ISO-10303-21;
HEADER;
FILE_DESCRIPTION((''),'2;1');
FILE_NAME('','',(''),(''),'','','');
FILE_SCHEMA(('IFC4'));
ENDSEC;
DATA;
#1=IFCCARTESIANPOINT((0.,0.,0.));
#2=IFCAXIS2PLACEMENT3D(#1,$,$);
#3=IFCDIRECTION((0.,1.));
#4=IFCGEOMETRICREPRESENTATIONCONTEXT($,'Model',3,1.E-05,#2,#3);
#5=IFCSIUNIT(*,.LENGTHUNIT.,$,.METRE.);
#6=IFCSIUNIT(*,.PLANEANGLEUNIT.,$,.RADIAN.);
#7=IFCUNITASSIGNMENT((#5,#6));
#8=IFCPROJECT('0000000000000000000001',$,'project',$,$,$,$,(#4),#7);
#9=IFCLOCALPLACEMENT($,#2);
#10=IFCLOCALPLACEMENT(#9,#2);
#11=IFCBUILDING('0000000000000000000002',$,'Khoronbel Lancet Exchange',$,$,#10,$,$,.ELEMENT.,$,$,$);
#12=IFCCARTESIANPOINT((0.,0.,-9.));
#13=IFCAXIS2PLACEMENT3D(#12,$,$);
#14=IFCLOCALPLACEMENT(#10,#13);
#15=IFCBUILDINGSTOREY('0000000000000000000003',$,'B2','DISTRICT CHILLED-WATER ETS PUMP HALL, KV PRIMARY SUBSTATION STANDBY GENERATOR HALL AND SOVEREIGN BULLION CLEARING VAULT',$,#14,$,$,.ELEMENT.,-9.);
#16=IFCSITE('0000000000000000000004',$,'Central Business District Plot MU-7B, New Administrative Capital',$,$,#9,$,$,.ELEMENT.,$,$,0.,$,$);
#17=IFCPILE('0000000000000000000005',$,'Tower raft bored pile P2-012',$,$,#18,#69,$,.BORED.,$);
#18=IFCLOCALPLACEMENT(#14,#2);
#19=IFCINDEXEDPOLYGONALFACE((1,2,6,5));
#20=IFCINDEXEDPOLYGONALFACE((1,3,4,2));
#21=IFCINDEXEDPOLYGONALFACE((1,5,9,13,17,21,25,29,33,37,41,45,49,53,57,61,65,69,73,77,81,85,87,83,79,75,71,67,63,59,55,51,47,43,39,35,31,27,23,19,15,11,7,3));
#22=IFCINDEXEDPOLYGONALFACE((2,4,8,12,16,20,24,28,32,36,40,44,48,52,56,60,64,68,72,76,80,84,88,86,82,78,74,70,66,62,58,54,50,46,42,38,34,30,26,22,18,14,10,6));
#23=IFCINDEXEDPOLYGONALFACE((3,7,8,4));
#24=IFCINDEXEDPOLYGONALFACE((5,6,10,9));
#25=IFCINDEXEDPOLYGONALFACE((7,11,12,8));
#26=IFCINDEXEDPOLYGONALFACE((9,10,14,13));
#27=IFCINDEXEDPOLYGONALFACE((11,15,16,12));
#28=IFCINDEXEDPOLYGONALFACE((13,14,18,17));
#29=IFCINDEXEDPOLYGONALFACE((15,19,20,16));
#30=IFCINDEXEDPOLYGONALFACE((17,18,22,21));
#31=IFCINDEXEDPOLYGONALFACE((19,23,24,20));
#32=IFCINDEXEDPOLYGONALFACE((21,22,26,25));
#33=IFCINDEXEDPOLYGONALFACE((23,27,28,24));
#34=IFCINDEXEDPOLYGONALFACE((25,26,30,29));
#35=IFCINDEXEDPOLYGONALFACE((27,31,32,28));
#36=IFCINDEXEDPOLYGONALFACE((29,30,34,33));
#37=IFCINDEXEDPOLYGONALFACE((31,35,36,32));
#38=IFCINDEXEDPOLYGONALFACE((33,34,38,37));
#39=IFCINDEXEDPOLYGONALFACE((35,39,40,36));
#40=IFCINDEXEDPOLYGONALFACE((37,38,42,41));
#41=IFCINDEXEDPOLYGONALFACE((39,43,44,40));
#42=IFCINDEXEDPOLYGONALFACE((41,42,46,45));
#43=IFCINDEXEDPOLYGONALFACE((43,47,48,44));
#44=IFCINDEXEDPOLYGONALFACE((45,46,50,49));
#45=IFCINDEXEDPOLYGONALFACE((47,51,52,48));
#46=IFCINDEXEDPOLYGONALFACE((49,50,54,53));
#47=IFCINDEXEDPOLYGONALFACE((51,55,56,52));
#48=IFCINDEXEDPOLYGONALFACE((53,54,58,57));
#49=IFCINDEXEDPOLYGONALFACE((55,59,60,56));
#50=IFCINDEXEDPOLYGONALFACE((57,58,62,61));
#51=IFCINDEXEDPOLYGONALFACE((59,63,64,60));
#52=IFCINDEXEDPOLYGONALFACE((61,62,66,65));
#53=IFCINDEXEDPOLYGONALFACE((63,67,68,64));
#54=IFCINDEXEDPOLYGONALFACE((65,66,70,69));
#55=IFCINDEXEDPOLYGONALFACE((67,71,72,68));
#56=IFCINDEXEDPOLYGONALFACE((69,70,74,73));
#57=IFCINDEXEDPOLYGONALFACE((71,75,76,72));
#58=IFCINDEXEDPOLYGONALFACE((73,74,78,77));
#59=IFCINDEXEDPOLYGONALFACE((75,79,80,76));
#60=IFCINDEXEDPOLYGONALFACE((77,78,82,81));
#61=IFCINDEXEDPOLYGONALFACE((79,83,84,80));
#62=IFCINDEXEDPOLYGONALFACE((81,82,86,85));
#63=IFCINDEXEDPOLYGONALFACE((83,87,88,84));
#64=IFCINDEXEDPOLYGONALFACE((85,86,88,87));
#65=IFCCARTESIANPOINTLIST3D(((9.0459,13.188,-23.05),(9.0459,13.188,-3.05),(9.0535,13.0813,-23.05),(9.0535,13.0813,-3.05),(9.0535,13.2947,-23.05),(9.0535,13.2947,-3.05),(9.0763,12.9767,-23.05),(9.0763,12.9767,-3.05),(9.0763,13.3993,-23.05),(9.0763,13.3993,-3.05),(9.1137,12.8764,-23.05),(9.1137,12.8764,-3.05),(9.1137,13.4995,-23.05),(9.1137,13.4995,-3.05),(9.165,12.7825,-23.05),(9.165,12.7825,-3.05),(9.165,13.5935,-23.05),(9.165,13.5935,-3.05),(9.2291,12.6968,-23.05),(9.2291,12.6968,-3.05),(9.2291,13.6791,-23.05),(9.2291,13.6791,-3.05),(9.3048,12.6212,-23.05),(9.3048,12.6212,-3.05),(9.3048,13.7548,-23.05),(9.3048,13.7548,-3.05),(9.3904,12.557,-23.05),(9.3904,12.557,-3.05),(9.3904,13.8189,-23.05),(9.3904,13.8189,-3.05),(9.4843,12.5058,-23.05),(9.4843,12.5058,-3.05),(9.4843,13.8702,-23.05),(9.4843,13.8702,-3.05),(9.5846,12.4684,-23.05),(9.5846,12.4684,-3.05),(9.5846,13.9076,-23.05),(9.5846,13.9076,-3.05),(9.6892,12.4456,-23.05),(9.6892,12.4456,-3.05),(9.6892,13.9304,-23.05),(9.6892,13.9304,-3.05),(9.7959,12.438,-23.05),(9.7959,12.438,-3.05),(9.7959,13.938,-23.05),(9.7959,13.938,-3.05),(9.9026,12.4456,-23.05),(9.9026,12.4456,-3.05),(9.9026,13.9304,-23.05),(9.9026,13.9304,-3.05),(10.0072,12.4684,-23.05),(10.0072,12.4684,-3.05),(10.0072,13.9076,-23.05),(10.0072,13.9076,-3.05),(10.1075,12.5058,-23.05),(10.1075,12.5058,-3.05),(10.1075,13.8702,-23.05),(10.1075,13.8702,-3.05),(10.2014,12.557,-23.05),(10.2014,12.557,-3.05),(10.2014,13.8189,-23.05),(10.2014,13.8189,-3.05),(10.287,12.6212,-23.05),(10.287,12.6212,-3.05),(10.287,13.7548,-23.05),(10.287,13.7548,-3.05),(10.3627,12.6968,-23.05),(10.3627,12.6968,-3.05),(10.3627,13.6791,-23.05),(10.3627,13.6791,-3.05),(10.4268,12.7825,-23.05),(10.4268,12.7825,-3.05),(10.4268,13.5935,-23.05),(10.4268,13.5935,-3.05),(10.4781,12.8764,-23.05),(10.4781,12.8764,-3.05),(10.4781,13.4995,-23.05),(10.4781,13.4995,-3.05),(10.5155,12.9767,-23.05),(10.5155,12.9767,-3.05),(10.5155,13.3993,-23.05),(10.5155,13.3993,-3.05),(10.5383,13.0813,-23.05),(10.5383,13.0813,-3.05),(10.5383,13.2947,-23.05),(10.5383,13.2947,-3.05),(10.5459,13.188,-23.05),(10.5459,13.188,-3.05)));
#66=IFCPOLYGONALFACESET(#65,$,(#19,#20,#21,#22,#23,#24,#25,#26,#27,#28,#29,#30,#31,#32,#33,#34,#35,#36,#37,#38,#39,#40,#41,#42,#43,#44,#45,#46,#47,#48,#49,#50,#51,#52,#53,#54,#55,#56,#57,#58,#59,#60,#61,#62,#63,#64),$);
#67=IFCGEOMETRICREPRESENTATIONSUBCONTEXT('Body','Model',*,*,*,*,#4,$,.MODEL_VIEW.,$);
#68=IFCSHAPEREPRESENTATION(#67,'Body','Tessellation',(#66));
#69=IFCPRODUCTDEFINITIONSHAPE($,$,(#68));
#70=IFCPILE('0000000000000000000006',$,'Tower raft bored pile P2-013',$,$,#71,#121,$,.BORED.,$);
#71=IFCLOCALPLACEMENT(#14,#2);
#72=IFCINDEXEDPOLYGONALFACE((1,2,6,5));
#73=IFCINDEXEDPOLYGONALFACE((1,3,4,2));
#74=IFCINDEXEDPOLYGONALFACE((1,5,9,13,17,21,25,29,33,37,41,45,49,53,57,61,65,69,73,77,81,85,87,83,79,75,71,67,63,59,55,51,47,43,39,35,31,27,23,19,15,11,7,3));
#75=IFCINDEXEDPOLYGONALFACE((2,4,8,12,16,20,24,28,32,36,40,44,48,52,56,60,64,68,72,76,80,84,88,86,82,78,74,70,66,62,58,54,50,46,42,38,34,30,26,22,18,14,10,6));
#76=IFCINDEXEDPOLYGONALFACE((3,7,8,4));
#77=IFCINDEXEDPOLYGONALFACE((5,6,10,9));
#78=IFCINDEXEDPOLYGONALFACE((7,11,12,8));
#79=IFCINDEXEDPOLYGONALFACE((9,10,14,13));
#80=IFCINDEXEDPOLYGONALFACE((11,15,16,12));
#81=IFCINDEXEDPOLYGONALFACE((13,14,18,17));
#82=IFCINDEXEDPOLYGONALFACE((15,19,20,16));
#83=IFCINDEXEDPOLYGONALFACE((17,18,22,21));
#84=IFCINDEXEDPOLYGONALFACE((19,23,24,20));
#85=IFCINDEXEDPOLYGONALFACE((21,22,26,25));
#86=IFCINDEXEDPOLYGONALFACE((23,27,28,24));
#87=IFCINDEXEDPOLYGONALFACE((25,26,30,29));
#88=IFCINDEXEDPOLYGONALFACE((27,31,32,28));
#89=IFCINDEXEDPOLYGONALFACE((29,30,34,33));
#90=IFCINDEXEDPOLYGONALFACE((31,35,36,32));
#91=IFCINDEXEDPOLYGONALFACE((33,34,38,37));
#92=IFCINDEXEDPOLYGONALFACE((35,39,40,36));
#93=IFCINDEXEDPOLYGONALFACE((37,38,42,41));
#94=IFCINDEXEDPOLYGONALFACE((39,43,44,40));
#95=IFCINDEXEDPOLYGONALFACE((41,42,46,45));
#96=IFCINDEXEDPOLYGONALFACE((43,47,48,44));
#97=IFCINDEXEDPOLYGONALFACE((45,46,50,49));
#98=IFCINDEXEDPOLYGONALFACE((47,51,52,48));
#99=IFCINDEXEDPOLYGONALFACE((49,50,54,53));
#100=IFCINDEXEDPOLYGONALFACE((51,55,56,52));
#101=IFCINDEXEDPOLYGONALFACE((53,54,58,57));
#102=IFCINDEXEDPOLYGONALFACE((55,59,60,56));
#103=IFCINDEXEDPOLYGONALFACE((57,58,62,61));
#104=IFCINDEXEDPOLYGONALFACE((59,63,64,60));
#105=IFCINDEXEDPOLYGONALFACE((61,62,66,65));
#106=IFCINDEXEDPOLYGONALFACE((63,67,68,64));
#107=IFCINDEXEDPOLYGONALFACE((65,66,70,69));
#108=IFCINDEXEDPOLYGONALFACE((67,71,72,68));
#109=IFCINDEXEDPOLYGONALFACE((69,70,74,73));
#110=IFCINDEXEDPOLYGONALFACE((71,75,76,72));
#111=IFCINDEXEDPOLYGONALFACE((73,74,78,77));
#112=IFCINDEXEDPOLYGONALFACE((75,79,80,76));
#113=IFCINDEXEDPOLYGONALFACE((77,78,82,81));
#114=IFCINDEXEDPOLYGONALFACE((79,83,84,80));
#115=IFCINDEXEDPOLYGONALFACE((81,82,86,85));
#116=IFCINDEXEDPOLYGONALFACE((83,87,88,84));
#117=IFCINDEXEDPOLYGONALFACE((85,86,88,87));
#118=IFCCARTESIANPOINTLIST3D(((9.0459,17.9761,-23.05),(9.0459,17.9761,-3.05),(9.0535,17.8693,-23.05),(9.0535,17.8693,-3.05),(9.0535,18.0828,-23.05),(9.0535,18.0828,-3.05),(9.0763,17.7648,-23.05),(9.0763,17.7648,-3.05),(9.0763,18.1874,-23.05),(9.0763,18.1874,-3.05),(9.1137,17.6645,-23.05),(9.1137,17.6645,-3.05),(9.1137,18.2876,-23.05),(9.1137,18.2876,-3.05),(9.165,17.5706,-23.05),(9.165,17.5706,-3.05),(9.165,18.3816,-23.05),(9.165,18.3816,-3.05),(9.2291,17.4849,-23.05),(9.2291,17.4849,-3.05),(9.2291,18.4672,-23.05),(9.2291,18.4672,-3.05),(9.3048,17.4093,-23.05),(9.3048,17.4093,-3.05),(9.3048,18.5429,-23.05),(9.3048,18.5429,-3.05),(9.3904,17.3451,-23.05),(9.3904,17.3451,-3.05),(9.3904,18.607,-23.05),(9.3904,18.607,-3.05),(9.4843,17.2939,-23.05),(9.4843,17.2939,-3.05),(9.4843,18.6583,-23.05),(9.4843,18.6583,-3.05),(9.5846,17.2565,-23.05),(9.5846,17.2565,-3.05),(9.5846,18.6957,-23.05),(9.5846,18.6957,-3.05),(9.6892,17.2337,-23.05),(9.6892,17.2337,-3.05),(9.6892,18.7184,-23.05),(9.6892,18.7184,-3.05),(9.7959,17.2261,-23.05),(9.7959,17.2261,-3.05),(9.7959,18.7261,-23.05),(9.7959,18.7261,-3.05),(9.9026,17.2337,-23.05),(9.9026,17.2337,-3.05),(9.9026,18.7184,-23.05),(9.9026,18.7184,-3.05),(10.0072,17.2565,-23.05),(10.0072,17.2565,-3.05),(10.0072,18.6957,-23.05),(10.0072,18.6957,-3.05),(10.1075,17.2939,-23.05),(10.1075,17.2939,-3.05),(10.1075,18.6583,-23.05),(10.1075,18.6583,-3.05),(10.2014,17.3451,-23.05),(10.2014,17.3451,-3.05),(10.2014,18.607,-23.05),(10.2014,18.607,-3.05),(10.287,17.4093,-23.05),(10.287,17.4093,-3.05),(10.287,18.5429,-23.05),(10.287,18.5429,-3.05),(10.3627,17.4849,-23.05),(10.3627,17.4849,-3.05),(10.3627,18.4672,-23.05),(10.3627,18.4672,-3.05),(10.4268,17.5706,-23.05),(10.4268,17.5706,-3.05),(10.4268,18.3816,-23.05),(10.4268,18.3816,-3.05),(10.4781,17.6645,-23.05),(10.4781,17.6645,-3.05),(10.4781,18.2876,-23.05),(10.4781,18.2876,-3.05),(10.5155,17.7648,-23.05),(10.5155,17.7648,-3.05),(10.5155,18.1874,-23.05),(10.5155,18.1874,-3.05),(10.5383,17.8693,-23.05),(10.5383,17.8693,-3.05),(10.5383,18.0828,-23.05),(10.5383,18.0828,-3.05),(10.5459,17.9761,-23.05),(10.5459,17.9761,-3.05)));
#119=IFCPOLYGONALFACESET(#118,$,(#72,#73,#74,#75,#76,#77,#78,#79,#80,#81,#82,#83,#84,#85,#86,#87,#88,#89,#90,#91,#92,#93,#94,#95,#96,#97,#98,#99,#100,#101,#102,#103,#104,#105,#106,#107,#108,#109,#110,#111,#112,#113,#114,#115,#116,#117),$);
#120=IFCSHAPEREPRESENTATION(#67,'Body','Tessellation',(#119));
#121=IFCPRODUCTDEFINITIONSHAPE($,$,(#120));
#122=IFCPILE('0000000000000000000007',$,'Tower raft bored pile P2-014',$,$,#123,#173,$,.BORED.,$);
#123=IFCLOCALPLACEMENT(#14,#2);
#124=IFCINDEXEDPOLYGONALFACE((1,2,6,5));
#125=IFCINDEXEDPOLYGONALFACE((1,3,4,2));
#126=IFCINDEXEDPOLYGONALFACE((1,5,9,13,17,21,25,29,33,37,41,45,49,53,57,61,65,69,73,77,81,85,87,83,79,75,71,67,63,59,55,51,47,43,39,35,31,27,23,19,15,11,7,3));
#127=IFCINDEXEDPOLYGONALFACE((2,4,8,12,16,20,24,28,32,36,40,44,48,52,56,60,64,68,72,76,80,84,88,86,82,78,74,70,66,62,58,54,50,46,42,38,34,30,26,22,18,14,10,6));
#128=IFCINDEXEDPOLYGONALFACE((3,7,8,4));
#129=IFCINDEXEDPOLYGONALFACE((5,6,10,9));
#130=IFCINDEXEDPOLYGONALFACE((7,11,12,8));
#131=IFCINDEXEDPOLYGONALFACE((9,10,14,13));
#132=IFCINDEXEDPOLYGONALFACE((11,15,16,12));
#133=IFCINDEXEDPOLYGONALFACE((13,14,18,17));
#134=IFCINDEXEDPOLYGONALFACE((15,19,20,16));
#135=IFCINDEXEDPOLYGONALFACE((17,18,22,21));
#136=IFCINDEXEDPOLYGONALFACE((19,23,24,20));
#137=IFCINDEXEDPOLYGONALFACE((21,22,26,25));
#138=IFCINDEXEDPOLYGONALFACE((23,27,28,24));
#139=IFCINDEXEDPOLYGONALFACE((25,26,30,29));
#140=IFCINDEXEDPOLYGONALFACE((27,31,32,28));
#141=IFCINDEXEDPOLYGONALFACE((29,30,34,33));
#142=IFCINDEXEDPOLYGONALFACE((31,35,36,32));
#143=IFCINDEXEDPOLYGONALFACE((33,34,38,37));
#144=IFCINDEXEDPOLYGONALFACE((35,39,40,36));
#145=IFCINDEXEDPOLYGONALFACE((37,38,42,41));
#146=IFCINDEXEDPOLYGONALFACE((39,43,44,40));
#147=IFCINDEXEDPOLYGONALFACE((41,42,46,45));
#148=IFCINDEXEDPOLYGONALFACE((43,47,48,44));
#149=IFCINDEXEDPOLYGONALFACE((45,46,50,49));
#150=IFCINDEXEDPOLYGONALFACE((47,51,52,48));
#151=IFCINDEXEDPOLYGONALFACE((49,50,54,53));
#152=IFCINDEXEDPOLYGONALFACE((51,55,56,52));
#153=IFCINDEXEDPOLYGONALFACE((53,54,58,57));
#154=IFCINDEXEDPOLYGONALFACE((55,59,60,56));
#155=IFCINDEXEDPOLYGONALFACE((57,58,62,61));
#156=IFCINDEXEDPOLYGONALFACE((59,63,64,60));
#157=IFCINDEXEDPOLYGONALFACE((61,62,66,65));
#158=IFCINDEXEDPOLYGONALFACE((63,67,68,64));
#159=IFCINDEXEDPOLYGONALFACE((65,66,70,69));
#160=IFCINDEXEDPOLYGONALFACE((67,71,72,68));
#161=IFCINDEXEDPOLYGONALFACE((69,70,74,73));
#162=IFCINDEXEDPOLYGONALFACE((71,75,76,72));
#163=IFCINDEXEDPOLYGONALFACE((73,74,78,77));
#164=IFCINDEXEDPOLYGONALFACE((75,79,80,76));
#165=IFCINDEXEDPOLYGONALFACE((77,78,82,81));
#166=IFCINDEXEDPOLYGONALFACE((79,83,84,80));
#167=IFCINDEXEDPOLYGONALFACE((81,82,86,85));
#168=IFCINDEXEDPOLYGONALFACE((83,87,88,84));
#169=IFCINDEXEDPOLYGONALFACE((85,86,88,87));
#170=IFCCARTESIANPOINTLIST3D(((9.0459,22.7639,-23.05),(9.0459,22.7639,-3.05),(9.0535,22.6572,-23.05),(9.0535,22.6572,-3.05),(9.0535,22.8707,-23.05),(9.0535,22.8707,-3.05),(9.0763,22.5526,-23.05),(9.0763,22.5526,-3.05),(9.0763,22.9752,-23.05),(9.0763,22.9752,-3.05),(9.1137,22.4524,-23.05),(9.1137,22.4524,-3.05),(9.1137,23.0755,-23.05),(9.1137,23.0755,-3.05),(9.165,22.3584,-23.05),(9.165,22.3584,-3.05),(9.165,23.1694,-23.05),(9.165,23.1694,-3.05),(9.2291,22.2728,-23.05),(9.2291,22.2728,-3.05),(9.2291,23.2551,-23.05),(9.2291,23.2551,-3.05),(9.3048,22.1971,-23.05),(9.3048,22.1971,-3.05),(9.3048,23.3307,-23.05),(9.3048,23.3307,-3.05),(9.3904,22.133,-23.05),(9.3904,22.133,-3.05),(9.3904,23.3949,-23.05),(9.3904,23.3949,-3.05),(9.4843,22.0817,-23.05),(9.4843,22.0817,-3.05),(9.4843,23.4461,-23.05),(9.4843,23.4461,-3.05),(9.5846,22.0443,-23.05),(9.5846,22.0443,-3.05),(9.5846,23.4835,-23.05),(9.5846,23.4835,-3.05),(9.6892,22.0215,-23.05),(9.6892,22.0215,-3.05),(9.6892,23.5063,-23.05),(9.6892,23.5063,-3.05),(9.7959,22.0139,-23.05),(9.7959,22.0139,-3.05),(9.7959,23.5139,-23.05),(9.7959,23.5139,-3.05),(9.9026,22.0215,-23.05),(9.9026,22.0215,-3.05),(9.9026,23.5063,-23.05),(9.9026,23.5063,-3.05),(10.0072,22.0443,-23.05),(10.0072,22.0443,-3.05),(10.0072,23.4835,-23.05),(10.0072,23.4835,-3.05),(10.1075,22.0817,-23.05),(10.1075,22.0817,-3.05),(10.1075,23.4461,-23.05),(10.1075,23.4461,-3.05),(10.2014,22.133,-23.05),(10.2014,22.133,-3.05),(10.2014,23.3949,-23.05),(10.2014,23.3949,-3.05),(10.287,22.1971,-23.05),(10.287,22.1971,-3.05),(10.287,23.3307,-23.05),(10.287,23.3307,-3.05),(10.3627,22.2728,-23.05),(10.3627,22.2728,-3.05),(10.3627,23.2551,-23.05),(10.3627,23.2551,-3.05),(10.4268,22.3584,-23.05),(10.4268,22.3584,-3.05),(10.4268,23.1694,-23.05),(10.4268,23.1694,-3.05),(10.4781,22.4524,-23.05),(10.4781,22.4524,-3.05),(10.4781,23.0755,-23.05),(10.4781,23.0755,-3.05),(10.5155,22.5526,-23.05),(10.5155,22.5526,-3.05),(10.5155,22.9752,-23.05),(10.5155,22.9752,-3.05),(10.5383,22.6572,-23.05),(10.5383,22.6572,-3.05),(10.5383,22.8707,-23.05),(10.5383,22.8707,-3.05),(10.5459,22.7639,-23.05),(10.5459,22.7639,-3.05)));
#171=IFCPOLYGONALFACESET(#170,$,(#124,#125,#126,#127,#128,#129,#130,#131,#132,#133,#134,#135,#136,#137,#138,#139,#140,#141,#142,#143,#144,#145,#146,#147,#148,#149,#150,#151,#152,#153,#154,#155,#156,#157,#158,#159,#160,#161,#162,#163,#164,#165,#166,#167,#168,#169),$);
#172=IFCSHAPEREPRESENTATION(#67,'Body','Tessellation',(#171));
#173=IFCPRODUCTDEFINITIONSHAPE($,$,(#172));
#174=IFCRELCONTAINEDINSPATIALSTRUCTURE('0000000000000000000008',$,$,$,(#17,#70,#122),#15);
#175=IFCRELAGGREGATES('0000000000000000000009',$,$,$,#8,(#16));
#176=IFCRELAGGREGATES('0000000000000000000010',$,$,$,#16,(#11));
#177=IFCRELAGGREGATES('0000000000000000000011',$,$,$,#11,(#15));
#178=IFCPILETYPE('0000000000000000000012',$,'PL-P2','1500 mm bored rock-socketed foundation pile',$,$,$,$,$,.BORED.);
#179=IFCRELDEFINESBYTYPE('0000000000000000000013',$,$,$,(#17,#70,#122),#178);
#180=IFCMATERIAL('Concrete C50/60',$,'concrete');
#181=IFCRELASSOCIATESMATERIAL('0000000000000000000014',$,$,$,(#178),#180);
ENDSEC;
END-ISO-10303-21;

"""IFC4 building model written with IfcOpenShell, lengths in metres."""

from ifc_helpers import new_model, si_unit, direction, frame, origin, origin_2d, place, context, subcontext, project, spatial, circle, extrude, material, material_profile, profile_set, type_object, element, save


model = new_model("IFC4")

# Units and contexts
model_context = context("Model", 3, precision=1e-05, world=origin(), true_north=direction((0.0, 1.0)))
body_context = subcontext(model_context, "Body", "Model", "MODEL_VIEW")
ifc_project = project(units=[si_unit("LENGTHUNIT", "METRE"), si_unit("PLANEANGLEUNIT", "RADIAN")], contexts=[model_context])

# Site, building, storey
site_placement = place(None, origin())
site = spatial("IfcSite", under=ifc_project, at=site_placement, Name="Central Business District Plot MU-7B, New Administrative Capital", CompositionType="ELEMENT", RefElevation=0.0)
building_placement = place(site_placement, origin())
building = spatial("IfcBuilding", under=site, at=building_placement, Name="Khoronbel Lancet Exchange", CompositionType="ELEMENT")
storey_placement = place(building_placement, frame((0.0, 0.0, -9.0)))
storey = spatial("IfcBuildingStorey", under=building, at=storey_placement, Name="B2", Description="DISTRICT CHILLED-WATER ETS PUMP HALL, KV PRIMARY SUBSTATION STANDBY GENERATOR HALL AND SOVEREIGN BULLION CLEARING VAULT", CompositionType="ELEMENT", Elevation=-9.0)

# Piles
ifc_material_1 = material(Name="Concrete C50/60", Category="concrete")
ifc_material_profile_1 = material_profile(ifc_material_1, circle(Radius=0.75, at=origin_2d()), Name="BORED PILE D1500")
ifc_profile_set_1 = profile_set([ifc_material_profile_1], Name="Concrete C50/60")
pile_type = type_object("IfcPileType", Name="PL-P2", Description="1500 mm bored rock-socketed foundation pile", PredefinedType="BORED", material=ifc_profile_set_1)
for number, where, z_axis, x_axis, name in (
    (1, (9.7959, 13.188, -3.05), (0.0, 0.0, -1.0), (1.0, 0.0, 0.0), "Tower raft bored pile P2-012"),
    (2, (9.7959, 17.9761, -3.05), (0.0, 0.0, -1.0), (1.0, 0.0, 0.0), "Tower raft bored pile P2-013"),
    (3, (9.7959, 22.7639, -3.05), (0.0, 0.0, -1.0), (1.0, 0.0, 0.0), "Tower raft bored pile P2-014"),
):
    element("IfcPile", number, at=place(storey_placement, frame(where, z_axis=z_axis, x_axis=x_axis)), inside=storey, type_object=pile_type, Name=name, PredefinedType="BORED", context=body_context, shape_type="SweptSolid", body=[
        extrude(circle(Radius=0.75, at=origin_2d()), origin(), (0.0, 0.0, 1.0), 20.0),
    ])

save(model, "model.ifc")
